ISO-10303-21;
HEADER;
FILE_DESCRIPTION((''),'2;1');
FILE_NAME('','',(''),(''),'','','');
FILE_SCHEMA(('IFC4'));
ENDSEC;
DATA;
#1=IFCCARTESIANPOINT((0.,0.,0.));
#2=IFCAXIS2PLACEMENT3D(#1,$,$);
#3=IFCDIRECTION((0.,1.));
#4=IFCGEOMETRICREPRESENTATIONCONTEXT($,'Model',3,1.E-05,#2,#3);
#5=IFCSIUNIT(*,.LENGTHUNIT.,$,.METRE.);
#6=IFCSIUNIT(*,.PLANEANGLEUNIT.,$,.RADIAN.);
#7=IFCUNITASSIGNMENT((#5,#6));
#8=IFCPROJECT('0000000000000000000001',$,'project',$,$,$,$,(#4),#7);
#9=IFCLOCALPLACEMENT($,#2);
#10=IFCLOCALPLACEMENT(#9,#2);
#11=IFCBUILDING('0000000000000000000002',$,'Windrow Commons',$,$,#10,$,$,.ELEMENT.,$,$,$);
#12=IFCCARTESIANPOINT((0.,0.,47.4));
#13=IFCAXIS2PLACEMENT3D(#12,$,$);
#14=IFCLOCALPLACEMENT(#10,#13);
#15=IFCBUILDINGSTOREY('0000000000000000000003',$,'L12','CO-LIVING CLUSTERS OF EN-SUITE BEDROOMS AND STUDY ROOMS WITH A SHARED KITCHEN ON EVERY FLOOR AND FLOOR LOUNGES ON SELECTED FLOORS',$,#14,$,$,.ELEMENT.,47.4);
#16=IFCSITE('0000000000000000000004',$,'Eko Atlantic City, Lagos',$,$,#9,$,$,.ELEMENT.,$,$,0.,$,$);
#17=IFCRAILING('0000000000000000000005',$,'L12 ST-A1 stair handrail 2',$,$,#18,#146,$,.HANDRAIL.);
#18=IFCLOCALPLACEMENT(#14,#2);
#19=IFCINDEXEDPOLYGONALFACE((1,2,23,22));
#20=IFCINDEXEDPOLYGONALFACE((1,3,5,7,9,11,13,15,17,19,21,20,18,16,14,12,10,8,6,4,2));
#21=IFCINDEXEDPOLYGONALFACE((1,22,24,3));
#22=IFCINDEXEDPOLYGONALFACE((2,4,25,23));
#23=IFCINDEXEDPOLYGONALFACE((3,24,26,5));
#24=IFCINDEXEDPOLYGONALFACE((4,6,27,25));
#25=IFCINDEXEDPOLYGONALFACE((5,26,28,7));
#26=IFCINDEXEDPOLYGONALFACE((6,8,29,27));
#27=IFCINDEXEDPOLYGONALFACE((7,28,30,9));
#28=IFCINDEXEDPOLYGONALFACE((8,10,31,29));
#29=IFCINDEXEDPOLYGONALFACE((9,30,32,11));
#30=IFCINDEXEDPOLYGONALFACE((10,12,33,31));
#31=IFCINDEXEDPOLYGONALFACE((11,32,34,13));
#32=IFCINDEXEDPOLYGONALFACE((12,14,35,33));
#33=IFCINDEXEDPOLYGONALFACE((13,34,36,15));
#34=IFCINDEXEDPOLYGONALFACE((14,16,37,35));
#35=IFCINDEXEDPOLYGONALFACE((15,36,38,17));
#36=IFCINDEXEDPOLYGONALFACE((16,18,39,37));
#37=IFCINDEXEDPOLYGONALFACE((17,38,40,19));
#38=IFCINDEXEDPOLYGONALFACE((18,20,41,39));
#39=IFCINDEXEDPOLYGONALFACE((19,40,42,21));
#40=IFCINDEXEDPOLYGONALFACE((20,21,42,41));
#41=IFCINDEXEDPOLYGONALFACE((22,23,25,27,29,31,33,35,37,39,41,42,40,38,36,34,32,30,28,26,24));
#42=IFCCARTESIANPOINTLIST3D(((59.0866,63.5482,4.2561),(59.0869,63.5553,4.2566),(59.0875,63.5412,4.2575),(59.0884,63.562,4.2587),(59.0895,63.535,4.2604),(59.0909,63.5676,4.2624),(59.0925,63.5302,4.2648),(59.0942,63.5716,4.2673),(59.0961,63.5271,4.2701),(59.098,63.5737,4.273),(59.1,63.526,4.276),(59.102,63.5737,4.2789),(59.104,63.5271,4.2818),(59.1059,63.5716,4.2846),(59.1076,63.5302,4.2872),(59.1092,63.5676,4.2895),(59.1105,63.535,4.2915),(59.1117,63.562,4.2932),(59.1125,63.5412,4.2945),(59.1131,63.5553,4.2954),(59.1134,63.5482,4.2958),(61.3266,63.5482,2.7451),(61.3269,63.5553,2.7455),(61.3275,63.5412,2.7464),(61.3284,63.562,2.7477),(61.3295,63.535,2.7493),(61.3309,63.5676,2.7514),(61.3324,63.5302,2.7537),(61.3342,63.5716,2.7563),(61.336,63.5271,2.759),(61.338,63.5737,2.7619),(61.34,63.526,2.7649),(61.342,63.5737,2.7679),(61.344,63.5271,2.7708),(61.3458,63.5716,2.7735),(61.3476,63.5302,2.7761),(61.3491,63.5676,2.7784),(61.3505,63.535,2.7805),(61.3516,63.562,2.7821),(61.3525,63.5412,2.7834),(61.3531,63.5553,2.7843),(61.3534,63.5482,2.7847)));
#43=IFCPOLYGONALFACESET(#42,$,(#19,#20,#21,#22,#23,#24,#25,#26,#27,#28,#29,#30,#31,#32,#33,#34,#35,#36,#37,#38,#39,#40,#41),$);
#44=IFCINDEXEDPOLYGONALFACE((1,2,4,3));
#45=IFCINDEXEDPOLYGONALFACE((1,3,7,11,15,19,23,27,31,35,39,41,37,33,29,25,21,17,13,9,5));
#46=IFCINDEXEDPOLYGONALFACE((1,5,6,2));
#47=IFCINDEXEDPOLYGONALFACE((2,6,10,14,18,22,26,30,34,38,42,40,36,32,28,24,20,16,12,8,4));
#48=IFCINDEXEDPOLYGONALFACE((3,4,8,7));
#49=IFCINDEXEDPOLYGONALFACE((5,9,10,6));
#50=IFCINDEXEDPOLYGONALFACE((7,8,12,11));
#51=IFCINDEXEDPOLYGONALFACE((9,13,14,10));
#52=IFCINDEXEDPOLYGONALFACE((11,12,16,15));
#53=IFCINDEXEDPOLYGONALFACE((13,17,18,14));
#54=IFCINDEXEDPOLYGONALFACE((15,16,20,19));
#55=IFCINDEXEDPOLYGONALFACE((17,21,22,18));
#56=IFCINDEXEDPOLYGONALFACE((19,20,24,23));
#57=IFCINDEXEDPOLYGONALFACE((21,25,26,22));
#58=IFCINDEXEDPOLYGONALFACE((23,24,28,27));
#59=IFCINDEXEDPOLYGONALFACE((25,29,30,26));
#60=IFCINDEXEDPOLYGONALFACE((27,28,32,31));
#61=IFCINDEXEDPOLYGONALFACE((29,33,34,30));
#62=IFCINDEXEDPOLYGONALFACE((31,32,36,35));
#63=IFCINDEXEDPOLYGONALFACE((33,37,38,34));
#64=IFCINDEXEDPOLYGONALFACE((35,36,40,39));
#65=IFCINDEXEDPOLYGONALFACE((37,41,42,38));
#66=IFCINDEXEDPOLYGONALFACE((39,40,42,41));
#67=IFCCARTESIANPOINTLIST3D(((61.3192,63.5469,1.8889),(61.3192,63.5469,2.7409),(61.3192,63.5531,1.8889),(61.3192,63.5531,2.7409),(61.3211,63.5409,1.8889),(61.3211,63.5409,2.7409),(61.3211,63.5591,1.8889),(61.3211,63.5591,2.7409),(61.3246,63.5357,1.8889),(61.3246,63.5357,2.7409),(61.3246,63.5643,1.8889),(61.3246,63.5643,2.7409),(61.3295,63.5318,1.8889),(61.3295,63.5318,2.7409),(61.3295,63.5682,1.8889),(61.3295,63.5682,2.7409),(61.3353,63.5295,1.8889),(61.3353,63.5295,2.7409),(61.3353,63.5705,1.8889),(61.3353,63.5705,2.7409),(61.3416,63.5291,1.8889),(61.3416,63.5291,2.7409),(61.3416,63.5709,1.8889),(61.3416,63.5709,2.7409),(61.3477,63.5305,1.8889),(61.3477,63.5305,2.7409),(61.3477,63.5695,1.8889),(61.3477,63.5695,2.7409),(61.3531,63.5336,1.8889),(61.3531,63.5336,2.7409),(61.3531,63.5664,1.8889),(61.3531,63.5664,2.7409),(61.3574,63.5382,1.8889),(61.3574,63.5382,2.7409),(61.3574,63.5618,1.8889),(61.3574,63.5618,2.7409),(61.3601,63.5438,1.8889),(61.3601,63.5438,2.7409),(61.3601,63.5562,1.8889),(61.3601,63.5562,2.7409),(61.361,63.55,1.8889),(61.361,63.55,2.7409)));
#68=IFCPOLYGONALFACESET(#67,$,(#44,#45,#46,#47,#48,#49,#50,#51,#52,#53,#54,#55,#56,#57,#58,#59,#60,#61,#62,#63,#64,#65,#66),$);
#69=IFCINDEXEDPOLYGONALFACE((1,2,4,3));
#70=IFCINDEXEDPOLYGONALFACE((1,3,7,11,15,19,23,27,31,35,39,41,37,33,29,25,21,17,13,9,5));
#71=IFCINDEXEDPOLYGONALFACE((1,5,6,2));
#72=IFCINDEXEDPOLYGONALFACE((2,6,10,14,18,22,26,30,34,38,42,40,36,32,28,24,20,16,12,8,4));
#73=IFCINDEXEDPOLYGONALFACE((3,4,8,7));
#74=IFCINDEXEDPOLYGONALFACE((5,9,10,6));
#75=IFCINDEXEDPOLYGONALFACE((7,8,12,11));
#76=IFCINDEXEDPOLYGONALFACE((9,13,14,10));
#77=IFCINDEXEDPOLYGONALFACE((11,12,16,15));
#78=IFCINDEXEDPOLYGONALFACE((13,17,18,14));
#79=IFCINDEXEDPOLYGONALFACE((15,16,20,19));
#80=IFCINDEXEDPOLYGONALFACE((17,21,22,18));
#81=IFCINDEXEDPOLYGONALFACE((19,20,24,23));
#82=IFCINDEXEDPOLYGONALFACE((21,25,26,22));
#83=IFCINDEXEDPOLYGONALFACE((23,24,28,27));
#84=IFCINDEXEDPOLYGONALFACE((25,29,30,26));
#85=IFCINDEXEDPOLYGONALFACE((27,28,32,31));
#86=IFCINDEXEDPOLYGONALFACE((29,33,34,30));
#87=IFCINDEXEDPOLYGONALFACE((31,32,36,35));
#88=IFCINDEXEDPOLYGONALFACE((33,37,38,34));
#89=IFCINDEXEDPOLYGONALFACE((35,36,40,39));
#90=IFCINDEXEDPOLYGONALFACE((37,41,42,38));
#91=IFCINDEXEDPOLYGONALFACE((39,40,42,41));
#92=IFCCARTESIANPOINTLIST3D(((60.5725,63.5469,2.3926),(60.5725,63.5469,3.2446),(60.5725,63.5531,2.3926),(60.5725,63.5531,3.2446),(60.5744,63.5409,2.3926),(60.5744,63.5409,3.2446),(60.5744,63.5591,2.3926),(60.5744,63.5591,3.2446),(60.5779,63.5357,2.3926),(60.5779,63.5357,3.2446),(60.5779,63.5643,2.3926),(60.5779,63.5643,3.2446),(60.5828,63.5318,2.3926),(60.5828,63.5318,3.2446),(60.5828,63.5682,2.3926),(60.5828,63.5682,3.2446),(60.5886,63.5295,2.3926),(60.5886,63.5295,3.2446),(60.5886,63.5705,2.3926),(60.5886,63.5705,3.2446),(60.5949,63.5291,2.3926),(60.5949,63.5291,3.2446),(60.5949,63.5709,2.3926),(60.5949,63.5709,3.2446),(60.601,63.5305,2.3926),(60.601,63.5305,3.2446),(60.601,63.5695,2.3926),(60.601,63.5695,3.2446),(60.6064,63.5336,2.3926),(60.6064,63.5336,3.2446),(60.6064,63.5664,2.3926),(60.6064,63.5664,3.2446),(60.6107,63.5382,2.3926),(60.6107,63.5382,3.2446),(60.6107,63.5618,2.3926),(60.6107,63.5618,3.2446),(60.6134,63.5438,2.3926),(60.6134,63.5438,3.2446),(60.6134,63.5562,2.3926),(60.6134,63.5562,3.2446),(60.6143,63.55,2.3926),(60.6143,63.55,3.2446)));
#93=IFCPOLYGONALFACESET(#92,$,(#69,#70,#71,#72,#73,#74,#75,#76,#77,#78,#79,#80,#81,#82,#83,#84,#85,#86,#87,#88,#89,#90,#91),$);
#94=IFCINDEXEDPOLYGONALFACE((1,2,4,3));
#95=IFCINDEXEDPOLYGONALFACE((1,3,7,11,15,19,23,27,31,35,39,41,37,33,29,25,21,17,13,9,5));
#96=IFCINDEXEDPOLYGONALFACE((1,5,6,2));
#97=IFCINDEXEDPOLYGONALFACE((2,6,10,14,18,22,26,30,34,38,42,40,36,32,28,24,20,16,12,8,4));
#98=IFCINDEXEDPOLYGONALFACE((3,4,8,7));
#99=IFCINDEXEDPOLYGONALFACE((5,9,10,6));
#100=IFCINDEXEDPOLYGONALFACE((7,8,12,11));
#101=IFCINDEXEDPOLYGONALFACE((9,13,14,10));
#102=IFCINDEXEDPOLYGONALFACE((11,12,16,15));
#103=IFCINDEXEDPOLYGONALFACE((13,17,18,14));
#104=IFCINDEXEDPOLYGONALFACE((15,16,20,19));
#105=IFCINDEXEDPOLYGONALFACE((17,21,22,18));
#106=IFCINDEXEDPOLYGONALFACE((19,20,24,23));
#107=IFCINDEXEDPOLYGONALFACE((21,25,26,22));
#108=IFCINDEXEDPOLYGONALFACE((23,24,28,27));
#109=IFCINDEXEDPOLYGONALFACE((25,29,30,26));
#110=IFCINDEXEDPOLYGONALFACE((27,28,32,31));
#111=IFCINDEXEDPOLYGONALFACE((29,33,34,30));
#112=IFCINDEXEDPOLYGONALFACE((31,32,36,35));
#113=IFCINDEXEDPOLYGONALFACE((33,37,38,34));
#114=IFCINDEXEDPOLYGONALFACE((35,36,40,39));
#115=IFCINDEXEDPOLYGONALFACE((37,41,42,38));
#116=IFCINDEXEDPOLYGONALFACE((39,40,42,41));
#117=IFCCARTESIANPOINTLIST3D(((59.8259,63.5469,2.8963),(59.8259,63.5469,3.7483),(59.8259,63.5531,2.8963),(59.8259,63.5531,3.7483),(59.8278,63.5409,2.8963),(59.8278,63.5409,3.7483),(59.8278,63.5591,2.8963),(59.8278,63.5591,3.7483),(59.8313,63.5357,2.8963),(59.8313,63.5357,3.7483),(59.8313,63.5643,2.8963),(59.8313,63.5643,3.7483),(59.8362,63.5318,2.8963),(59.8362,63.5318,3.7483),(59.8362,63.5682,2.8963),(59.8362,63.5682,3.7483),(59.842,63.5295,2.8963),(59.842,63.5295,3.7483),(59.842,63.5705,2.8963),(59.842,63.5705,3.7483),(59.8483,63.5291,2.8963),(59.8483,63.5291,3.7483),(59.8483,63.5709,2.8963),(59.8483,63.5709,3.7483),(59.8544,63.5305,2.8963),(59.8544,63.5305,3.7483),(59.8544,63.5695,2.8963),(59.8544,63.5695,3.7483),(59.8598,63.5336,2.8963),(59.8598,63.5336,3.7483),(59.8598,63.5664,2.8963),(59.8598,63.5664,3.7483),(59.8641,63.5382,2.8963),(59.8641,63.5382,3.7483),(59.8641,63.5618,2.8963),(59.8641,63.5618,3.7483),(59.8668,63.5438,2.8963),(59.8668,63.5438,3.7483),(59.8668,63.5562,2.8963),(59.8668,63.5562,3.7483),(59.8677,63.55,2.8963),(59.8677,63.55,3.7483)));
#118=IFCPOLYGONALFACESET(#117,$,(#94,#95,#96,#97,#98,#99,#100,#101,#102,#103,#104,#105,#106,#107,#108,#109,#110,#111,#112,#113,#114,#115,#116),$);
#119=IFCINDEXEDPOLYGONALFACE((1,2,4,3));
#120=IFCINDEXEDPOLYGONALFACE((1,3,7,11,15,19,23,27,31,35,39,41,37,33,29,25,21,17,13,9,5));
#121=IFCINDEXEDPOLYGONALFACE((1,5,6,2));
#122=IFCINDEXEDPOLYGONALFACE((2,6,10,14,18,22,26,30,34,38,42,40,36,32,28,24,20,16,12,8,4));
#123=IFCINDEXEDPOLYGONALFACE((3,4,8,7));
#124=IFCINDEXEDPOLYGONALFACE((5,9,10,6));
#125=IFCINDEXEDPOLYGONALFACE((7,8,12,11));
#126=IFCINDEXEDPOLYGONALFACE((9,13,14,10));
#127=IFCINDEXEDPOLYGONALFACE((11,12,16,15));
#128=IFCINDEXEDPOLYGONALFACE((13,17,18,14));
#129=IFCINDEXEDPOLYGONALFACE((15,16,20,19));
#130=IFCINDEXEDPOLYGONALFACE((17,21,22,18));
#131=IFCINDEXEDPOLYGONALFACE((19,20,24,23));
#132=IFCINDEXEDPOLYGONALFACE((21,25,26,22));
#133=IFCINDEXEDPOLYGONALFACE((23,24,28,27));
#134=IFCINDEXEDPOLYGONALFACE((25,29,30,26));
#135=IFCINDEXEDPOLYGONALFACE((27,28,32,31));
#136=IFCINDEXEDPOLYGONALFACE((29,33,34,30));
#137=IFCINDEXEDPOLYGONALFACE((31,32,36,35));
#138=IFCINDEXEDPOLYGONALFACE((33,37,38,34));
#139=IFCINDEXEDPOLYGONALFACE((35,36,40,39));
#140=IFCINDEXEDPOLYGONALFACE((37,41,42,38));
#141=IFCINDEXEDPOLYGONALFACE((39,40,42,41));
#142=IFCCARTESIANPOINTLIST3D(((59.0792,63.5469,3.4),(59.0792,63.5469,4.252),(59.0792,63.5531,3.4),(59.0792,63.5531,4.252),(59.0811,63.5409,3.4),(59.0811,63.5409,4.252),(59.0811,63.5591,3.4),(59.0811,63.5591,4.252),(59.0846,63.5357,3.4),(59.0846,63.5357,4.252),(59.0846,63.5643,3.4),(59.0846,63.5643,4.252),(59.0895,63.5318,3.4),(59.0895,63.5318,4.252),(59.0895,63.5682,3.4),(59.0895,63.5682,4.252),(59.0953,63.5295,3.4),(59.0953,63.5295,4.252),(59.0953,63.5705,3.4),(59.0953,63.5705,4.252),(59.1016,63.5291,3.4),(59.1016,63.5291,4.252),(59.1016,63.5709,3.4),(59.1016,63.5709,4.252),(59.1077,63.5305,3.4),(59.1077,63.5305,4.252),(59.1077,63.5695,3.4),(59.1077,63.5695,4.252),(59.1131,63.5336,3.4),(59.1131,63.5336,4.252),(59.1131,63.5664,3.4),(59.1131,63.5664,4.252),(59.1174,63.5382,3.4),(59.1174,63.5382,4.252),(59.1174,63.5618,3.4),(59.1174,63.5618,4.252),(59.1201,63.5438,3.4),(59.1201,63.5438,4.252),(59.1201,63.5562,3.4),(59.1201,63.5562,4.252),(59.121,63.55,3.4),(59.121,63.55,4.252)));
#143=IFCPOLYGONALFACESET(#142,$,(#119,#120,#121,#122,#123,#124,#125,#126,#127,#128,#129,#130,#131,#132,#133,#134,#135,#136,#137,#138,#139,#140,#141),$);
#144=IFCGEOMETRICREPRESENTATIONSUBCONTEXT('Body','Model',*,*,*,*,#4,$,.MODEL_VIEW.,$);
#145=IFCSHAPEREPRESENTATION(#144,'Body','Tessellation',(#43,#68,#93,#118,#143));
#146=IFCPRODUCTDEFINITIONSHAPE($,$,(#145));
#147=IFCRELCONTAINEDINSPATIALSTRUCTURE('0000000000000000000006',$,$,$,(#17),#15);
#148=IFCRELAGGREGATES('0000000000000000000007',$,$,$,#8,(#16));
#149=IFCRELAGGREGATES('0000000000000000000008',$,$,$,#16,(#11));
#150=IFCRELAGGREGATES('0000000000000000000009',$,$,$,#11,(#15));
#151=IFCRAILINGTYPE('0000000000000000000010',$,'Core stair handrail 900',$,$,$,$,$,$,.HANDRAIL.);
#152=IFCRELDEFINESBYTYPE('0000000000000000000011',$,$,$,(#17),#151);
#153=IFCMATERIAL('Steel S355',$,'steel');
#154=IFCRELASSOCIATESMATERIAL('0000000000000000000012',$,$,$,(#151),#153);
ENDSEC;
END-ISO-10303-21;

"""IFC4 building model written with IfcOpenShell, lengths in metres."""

from ifc_helpers import new_model, si_unit, direction, frame, origin, origin_2d, place, context, subcontext, project, spatial, circle, extrude, material, type_object, element, save


model = new_model("IFC4")

# Units and contexts
model_context = context("Model", 3, precision=1e-05, world=origin(), true_north=direction((0.0, 1.0)))
body_context = subcontext(model_context, "Body", "Model", "MODEL_VIEW")
ifc_project = project(units=[si_unit("LENGTHUNIT", "METRE"), si_unit("PLANEANGLEUNIT", "RADIAN")], contexts=[model_context])

# Site, building, storey
site_placement = place(None, origin())
site = spatial("IfcSite", under=ifc_project, at=site_placement, Name="Eko Atlantic City, Lagos", CompositionType="ELEMENT", RefElevation=0.0)
building_placement = place(site_placement, origin())
building = spatial("IfcBuilding", under=site, at=building_placement, Name="Windrow Commons", CompositionType="ELEMENT")
storey_placement = place(building_placement, frame((0.0, 0.0, 47.4)))
storey = spatial("IfcBuildingStorey", under=building, at=storey_placement, Name="L12", Description="CO-LIVING CLUSTERS OF EN-SUITE BEDROOMS AND STUDY ROOMS WITH A SHARED KITCHEN ON EVERY FLOOR AND FLOOR LOUNGES ON SELECTED FLOORS", CompositionType="ELEMENT", Elevation=47.4)

# Railing
ifc_material_1 = material(Name="Steel S355", Category="steel")
railing_type_1 = type_object("IfcRailingType", Name="Core stair handrail 900", PredefinedType="HANDRAIL", material=ifc_material_1)
railing_1_placement = place(storey_placement, frame((61.34, 63.55, 1.8889)))
element("IfcRailing", 1, at=railing_1_placement, inside=storey, type_object=railing_type_1, Name="L12 ST-A1 stair handrail 2", PredefinedType="HANDRAIL", context=body_context, shape_type="SweptSolid", body=[
    extrude(circle(Radius=0.024, at=origin_2d()), frame((0.0, 0.0, 0.876), z_axis=(-0.829003, 0.0, 0.559244), x_axis=(0.0, -1.0, 0.0)), (0.0, 0.0, 1.0), 2.702),
    extrude(circle(Radius=0.021, at=origin_2d()), origin(), (0.0, 0.0, 1.0), 0.852),
    extrude(circle(Radius=0.021, at=origin_2d()), frame((-0.7467, 0.0, 0.5037)), (0.0, 0.0, 1.0), 0.852),
    extrude(circle(Radius=0.021, at=origin_2d()), frame((-1.4933, 0.0, 1.0074)), (0.0, 0.0, 1.0), 0.852),
    extrude(circle(Radius=0.021, at=origin_2d()), frame((-2.24, 0.0, 1.5111)), (0.0, 0.0, 1.0), 0.852),
])

save(model, "model.ifc")
